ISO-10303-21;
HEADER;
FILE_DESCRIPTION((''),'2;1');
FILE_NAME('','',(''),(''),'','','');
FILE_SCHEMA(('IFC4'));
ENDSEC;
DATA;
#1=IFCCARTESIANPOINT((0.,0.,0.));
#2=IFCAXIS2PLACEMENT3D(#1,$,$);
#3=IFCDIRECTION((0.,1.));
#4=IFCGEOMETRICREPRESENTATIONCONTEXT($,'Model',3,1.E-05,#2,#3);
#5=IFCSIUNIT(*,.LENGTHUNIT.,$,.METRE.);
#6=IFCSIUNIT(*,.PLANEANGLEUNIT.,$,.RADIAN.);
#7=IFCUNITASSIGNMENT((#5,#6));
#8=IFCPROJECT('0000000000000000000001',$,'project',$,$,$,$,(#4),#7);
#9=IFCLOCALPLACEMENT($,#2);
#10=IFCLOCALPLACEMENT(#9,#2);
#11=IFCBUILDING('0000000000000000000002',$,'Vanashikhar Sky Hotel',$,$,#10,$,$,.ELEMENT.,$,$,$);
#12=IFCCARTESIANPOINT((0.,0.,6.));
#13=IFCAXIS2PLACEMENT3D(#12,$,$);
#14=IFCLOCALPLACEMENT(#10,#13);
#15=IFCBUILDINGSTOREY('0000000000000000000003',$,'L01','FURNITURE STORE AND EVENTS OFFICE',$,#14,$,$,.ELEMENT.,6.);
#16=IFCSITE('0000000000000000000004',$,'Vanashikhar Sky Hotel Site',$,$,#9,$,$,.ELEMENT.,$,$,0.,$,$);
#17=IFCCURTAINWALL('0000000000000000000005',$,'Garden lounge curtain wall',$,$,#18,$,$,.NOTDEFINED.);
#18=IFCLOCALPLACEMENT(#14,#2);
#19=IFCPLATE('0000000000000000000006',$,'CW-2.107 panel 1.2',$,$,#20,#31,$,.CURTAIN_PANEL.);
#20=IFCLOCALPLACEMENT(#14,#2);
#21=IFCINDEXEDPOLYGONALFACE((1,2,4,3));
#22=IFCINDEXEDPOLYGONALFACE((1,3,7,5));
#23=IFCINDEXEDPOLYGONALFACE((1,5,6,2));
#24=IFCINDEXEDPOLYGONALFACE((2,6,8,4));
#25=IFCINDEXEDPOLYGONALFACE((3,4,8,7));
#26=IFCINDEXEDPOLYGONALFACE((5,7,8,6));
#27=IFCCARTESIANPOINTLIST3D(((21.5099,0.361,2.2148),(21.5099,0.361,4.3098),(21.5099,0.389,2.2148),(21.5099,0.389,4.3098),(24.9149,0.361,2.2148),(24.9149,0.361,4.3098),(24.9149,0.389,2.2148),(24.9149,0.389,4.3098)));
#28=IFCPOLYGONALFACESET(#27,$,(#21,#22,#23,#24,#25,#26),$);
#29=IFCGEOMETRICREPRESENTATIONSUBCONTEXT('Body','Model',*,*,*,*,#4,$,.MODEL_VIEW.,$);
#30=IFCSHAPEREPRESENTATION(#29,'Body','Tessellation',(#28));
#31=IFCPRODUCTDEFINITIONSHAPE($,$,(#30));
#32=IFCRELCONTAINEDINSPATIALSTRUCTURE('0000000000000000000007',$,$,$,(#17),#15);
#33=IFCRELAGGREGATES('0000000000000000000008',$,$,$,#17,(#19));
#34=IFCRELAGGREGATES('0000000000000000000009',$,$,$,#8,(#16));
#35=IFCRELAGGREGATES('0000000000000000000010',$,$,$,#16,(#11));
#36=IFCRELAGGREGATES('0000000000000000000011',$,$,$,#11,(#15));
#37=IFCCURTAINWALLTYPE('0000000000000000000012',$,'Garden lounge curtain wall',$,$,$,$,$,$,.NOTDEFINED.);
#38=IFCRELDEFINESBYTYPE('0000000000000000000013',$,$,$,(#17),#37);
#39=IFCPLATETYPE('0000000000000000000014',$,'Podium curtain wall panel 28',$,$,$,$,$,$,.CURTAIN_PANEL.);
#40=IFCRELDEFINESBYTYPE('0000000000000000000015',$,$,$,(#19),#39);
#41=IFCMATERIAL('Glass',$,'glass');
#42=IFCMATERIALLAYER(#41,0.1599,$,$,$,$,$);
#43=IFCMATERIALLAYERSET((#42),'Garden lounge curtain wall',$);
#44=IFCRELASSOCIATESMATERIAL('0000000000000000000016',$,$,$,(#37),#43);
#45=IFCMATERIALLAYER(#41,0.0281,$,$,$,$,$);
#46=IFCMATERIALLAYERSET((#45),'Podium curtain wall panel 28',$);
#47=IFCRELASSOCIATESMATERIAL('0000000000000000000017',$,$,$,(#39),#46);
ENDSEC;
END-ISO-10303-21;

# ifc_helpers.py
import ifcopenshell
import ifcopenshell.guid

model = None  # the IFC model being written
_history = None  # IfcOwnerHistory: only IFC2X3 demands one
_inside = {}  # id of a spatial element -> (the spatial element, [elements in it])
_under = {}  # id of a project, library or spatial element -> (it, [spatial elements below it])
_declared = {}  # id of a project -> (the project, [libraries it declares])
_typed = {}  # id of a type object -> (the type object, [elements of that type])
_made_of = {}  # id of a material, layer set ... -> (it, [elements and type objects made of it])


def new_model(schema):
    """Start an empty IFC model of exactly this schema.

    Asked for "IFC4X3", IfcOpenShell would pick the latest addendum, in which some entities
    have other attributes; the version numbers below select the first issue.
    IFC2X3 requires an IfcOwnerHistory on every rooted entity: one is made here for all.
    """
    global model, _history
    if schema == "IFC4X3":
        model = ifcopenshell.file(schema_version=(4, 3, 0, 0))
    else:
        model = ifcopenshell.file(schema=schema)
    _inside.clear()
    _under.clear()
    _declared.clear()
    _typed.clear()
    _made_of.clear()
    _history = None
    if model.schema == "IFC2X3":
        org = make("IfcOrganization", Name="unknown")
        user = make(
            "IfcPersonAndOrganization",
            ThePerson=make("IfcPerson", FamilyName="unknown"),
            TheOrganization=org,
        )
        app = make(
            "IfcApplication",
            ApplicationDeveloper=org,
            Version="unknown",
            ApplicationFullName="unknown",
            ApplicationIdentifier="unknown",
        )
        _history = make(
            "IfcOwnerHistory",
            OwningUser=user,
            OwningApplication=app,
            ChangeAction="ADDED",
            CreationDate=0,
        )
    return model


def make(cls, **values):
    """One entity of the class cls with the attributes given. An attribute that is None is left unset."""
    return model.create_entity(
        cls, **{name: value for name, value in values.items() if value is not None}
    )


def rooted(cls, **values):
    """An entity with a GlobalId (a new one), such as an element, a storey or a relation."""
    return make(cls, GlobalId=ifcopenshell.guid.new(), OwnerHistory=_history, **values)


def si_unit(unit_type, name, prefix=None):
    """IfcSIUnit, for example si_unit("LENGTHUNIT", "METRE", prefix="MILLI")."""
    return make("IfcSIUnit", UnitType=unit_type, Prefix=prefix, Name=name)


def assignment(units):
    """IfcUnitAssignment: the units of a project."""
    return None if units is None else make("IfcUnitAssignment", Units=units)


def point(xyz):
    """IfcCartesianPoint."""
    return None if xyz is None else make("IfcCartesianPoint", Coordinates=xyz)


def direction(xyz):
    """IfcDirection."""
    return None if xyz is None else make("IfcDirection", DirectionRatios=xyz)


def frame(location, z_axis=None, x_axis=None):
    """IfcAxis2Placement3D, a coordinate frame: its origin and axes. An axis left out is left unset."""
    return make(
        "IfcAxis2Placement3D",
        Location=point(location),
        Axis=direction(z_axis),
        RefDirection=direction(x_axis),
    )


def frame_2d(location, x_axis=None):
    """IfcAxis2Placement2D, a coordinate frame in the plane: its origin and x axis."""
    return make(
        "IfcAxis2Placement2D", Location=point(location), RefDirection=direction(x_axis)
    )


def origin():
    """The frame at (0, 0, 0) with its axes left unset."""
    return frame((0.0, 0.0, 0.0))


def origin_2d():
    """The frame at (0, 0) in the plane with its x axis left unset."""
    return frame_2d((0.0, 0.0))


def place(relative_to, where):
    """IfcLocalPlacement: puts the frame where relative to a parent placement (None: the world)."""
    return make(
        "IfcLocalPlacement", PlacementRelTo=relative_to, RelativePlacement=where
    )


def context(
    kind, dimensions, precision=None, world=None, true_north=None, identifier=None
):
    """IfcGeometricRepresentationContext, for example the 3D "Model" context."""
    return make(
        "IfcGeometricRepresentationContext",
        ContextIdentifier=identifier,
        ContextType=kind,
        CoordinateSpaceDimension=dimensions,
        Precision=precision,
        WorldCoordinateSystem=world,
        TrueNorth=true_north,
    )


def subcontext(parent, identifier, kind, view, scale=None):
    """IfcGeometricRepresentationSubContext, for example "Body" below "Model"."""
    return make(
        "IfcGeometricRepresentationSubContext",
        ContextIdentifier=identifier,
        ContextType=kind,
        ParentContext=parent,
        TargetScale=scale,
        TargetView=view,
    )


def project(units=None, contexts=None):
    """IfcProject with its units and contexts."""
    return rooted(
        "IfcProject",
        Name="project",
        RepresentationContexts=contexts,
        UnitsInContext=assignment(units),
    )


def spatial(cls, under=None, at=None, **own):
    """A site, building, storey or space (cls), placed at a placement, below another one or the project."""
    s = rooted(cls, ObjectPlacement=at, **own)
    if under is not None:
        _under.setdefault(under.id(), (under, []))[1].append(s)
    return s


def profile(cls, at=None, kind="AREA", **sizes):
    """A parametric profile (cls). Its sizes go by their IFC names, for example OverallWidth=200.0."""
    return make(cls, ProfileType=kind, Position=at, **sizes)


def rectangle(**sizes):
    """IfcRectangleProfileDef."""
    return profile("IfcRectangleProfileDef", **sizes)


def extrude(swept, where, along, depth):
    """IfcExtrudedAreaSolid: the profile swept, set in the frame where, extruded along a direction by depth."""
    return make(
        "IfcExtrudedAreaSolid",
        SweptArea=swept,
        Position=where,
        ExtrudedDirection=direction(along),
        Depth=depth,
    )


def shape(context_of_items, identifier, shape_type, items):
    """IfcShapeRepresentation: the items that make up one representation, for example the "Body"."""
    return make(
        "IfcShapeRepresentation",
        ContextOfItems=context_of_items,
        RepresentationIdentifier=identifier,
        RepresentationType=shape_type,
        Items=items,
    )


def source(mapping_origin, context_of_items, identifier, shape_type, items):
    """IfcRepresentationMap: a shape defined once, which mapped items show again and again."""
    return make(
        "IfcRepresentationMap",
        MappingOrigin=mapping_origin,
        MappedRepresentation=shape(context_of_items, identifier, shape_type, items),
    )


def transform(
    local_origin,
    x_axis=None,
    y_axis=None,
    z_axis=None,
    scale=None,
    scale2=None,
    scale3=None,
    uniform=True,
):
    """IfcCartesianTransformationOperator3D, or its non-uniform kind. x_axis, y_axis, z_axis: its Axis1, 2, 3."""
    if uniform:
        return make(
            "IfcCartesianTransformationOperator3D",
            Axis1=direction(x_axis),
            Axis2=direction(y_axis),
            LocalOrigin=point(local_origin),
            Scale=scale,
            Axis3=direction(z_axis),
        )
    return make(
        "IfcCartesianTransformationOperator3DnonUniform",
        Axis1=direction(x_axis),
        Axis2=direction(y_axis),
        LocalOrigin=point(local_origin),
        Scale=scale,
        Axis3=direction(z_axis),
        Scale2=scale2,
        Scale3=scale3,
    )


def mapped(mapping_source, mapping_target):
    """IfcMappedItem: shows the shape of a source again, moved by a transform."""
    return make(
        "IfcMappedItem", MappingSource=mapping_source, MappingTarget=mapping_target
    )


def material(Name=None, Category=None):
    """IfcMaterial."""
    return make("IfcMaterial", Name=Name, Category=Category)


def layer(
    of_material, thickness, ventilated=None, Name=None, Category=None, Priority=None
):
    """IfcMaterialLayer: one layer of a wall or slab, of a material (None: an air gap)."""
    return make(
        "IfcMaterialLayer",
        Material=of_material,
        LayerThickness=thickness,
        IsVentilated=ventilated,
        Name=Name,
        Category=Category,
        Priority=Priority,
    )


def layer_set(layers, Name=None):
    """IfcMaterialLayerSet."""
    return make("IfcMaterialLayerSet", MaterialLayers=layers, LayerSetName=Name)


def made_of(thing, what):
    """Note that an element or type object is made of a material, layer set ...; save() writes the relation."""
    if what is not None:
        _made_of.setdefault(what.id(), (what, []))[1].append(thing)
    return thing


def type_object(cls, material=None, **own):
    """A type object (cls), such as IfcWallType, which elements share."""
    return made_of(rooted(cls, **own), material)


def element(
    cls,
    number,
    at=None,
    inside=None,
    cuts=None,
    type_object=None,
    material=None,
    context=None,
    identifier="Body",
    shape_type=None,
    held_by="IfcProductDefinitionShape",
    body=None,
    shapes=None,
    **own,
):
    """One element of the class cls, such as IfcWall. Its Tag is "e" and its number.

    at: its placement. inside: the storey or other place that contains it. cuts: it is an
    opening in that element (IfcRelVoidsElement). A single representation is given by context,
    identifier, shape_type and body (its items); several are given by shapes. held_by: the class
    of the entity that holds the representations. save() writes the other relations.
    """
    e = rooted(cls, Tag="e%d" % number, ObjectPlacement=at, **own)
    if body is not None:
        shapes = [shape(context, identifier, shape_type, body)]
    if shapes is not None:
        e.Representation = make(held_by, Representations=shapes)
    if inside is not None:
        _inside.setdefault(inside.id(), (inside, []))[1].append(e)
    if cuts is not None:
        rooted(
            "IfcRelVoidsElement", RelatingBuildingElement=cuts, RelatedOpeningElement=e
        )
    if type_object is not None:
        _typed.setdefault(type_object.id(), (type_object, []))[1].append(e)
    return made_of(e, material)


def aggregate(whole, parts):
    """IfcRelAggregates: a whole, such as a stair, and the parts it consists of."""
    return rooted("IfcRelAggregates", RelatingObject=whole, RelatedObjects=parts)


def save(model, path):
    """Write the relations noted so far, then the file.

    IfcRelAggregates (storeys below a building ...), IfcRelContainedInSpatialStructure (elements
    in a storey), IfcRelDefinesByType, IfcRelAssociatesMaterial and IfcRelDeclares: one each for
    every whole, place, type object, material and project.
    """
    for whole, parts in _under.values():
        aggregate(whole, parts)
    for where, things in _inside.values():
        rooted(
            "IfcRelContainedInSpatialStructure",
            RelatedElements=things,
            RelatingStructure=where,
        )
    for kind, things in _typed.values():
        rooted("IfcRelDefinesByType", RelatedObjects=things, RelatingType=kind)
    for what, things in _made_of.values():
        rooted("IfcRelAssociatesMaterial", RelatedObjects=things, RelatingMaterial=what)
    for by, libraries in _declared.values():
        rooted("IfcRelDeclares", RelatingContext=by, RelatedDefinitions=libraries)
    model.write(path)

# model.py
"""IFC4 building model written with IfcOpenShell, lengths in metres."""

from ifc_helpers import new_model, si_unit, direction, frame, origin, origin_2d, place, context, subcontext, project, spatial, rectangle, extrude, source, transform, mapped, material, layer, layer_set, type_object, element, aggregate, save


model = new_model("IFC4")

# Units and contexts
model_context = context("Model", 3, precision=1e-05, world=origin(), true_north=direction((0.0, 1.0)))
body_context = subcontext(model_context, "Body", "Model", "MODEL_VIEW")
ifc_project = project(units=[si_unit("LENGTHUNIT", "METRE"), si_unit("PLANEANGLEUNIT", "RADIAN")], contexts=[model_context])

# Site, building, storey
site_placement = place(None, origin())
site = spatial("IfcSite", under=ifc_project, at=site_placement, Name="Vanashikhar Sky Hotel Site", CompositionType="ELEMENT", RefElevation=0.0)
building_placement = place(site_placement, origin())
building = spatial("IfcBuilding", under=site, at=building_placement, Name="Vanashikhar Sky Hotel", CompositionType="ELEMENT")
storey_placement = place(building_placement, frame((0.0, 0.0, 6.0)))
storey = spatial("IfcBuildingStorey", under=building, at=storey_placement, Name="L01", Description="FURNITURE STORE AND EVENTS OFFICE", CompositionType="ELEMENT", Elevation=6.0)

# Shared definitions
ifc_material_1 = material(Name="Glass", Category="glass")
ifc_layer_1 = layer(ifc_material_1, 0.1599)
ifc_layer_set_1 = layer_set([ifc_layer_1], Name="Garden lounge curtain wall")
curtain_wall_type = type_object("IfcCurtainWallType", Name="Garden lounge curtain wall", PredefinedType="NOTDEFINED", material=ifc_layer_set_1)

# Curtain wall
curtain_wall_1_placement = place(storey_placement, origin())
curtain_wall_1 = element("IfcCurtainWall", 1, at=curtain_wall_1_placement, inside=storey, type_object=curtain_wall_type, Name="Garden lounge curtain wall", PredefinedType="NOTDEFINED")

# Plate
ifc_layer_2 = layer(ifc_material_1, 0.0281)
ifc_layer_set_2 = layer_set([ifc_layer_2], Name="Podium curtain wall panel 28")
plate_type = type_object("IfcPlateType", Name="Podium curtain wall panel 28", PredefinedType="CURTAIN_PANEL", material=ifc_layer_set_2)
shared_shape_1 = source(origin(), body_context, "Body", "SweptSolid", [
    extrude(rectangle(XDim=3.405, YDim=0.0281, at=origin_2d()), origin(), (0.0, 0.0, 1.0), 2.095),
])
plate_1_placement = place(storey_placement, frame((23.2124, 0.375, 2.2148), z_axis=(0.0, 0.0, 1.0), x_axis=(1.0, 0.0, 0.0)))
plate_1 = element("IfcPlate", 2, at=plate_1_placement, type_object=plate_type, Name="CW-2.107 panel 1.2", PredefinedType="CURTAIN_PANEL", context=body_context, shape_type="MappedRepresentation", body=[
    mapped(shared_shape_1, transform((0.0, 0.0, 0.0), scale=1.0)),
])
aggregate(curtain_wall_1, [plate_1])

save(model, "model.ifc")
